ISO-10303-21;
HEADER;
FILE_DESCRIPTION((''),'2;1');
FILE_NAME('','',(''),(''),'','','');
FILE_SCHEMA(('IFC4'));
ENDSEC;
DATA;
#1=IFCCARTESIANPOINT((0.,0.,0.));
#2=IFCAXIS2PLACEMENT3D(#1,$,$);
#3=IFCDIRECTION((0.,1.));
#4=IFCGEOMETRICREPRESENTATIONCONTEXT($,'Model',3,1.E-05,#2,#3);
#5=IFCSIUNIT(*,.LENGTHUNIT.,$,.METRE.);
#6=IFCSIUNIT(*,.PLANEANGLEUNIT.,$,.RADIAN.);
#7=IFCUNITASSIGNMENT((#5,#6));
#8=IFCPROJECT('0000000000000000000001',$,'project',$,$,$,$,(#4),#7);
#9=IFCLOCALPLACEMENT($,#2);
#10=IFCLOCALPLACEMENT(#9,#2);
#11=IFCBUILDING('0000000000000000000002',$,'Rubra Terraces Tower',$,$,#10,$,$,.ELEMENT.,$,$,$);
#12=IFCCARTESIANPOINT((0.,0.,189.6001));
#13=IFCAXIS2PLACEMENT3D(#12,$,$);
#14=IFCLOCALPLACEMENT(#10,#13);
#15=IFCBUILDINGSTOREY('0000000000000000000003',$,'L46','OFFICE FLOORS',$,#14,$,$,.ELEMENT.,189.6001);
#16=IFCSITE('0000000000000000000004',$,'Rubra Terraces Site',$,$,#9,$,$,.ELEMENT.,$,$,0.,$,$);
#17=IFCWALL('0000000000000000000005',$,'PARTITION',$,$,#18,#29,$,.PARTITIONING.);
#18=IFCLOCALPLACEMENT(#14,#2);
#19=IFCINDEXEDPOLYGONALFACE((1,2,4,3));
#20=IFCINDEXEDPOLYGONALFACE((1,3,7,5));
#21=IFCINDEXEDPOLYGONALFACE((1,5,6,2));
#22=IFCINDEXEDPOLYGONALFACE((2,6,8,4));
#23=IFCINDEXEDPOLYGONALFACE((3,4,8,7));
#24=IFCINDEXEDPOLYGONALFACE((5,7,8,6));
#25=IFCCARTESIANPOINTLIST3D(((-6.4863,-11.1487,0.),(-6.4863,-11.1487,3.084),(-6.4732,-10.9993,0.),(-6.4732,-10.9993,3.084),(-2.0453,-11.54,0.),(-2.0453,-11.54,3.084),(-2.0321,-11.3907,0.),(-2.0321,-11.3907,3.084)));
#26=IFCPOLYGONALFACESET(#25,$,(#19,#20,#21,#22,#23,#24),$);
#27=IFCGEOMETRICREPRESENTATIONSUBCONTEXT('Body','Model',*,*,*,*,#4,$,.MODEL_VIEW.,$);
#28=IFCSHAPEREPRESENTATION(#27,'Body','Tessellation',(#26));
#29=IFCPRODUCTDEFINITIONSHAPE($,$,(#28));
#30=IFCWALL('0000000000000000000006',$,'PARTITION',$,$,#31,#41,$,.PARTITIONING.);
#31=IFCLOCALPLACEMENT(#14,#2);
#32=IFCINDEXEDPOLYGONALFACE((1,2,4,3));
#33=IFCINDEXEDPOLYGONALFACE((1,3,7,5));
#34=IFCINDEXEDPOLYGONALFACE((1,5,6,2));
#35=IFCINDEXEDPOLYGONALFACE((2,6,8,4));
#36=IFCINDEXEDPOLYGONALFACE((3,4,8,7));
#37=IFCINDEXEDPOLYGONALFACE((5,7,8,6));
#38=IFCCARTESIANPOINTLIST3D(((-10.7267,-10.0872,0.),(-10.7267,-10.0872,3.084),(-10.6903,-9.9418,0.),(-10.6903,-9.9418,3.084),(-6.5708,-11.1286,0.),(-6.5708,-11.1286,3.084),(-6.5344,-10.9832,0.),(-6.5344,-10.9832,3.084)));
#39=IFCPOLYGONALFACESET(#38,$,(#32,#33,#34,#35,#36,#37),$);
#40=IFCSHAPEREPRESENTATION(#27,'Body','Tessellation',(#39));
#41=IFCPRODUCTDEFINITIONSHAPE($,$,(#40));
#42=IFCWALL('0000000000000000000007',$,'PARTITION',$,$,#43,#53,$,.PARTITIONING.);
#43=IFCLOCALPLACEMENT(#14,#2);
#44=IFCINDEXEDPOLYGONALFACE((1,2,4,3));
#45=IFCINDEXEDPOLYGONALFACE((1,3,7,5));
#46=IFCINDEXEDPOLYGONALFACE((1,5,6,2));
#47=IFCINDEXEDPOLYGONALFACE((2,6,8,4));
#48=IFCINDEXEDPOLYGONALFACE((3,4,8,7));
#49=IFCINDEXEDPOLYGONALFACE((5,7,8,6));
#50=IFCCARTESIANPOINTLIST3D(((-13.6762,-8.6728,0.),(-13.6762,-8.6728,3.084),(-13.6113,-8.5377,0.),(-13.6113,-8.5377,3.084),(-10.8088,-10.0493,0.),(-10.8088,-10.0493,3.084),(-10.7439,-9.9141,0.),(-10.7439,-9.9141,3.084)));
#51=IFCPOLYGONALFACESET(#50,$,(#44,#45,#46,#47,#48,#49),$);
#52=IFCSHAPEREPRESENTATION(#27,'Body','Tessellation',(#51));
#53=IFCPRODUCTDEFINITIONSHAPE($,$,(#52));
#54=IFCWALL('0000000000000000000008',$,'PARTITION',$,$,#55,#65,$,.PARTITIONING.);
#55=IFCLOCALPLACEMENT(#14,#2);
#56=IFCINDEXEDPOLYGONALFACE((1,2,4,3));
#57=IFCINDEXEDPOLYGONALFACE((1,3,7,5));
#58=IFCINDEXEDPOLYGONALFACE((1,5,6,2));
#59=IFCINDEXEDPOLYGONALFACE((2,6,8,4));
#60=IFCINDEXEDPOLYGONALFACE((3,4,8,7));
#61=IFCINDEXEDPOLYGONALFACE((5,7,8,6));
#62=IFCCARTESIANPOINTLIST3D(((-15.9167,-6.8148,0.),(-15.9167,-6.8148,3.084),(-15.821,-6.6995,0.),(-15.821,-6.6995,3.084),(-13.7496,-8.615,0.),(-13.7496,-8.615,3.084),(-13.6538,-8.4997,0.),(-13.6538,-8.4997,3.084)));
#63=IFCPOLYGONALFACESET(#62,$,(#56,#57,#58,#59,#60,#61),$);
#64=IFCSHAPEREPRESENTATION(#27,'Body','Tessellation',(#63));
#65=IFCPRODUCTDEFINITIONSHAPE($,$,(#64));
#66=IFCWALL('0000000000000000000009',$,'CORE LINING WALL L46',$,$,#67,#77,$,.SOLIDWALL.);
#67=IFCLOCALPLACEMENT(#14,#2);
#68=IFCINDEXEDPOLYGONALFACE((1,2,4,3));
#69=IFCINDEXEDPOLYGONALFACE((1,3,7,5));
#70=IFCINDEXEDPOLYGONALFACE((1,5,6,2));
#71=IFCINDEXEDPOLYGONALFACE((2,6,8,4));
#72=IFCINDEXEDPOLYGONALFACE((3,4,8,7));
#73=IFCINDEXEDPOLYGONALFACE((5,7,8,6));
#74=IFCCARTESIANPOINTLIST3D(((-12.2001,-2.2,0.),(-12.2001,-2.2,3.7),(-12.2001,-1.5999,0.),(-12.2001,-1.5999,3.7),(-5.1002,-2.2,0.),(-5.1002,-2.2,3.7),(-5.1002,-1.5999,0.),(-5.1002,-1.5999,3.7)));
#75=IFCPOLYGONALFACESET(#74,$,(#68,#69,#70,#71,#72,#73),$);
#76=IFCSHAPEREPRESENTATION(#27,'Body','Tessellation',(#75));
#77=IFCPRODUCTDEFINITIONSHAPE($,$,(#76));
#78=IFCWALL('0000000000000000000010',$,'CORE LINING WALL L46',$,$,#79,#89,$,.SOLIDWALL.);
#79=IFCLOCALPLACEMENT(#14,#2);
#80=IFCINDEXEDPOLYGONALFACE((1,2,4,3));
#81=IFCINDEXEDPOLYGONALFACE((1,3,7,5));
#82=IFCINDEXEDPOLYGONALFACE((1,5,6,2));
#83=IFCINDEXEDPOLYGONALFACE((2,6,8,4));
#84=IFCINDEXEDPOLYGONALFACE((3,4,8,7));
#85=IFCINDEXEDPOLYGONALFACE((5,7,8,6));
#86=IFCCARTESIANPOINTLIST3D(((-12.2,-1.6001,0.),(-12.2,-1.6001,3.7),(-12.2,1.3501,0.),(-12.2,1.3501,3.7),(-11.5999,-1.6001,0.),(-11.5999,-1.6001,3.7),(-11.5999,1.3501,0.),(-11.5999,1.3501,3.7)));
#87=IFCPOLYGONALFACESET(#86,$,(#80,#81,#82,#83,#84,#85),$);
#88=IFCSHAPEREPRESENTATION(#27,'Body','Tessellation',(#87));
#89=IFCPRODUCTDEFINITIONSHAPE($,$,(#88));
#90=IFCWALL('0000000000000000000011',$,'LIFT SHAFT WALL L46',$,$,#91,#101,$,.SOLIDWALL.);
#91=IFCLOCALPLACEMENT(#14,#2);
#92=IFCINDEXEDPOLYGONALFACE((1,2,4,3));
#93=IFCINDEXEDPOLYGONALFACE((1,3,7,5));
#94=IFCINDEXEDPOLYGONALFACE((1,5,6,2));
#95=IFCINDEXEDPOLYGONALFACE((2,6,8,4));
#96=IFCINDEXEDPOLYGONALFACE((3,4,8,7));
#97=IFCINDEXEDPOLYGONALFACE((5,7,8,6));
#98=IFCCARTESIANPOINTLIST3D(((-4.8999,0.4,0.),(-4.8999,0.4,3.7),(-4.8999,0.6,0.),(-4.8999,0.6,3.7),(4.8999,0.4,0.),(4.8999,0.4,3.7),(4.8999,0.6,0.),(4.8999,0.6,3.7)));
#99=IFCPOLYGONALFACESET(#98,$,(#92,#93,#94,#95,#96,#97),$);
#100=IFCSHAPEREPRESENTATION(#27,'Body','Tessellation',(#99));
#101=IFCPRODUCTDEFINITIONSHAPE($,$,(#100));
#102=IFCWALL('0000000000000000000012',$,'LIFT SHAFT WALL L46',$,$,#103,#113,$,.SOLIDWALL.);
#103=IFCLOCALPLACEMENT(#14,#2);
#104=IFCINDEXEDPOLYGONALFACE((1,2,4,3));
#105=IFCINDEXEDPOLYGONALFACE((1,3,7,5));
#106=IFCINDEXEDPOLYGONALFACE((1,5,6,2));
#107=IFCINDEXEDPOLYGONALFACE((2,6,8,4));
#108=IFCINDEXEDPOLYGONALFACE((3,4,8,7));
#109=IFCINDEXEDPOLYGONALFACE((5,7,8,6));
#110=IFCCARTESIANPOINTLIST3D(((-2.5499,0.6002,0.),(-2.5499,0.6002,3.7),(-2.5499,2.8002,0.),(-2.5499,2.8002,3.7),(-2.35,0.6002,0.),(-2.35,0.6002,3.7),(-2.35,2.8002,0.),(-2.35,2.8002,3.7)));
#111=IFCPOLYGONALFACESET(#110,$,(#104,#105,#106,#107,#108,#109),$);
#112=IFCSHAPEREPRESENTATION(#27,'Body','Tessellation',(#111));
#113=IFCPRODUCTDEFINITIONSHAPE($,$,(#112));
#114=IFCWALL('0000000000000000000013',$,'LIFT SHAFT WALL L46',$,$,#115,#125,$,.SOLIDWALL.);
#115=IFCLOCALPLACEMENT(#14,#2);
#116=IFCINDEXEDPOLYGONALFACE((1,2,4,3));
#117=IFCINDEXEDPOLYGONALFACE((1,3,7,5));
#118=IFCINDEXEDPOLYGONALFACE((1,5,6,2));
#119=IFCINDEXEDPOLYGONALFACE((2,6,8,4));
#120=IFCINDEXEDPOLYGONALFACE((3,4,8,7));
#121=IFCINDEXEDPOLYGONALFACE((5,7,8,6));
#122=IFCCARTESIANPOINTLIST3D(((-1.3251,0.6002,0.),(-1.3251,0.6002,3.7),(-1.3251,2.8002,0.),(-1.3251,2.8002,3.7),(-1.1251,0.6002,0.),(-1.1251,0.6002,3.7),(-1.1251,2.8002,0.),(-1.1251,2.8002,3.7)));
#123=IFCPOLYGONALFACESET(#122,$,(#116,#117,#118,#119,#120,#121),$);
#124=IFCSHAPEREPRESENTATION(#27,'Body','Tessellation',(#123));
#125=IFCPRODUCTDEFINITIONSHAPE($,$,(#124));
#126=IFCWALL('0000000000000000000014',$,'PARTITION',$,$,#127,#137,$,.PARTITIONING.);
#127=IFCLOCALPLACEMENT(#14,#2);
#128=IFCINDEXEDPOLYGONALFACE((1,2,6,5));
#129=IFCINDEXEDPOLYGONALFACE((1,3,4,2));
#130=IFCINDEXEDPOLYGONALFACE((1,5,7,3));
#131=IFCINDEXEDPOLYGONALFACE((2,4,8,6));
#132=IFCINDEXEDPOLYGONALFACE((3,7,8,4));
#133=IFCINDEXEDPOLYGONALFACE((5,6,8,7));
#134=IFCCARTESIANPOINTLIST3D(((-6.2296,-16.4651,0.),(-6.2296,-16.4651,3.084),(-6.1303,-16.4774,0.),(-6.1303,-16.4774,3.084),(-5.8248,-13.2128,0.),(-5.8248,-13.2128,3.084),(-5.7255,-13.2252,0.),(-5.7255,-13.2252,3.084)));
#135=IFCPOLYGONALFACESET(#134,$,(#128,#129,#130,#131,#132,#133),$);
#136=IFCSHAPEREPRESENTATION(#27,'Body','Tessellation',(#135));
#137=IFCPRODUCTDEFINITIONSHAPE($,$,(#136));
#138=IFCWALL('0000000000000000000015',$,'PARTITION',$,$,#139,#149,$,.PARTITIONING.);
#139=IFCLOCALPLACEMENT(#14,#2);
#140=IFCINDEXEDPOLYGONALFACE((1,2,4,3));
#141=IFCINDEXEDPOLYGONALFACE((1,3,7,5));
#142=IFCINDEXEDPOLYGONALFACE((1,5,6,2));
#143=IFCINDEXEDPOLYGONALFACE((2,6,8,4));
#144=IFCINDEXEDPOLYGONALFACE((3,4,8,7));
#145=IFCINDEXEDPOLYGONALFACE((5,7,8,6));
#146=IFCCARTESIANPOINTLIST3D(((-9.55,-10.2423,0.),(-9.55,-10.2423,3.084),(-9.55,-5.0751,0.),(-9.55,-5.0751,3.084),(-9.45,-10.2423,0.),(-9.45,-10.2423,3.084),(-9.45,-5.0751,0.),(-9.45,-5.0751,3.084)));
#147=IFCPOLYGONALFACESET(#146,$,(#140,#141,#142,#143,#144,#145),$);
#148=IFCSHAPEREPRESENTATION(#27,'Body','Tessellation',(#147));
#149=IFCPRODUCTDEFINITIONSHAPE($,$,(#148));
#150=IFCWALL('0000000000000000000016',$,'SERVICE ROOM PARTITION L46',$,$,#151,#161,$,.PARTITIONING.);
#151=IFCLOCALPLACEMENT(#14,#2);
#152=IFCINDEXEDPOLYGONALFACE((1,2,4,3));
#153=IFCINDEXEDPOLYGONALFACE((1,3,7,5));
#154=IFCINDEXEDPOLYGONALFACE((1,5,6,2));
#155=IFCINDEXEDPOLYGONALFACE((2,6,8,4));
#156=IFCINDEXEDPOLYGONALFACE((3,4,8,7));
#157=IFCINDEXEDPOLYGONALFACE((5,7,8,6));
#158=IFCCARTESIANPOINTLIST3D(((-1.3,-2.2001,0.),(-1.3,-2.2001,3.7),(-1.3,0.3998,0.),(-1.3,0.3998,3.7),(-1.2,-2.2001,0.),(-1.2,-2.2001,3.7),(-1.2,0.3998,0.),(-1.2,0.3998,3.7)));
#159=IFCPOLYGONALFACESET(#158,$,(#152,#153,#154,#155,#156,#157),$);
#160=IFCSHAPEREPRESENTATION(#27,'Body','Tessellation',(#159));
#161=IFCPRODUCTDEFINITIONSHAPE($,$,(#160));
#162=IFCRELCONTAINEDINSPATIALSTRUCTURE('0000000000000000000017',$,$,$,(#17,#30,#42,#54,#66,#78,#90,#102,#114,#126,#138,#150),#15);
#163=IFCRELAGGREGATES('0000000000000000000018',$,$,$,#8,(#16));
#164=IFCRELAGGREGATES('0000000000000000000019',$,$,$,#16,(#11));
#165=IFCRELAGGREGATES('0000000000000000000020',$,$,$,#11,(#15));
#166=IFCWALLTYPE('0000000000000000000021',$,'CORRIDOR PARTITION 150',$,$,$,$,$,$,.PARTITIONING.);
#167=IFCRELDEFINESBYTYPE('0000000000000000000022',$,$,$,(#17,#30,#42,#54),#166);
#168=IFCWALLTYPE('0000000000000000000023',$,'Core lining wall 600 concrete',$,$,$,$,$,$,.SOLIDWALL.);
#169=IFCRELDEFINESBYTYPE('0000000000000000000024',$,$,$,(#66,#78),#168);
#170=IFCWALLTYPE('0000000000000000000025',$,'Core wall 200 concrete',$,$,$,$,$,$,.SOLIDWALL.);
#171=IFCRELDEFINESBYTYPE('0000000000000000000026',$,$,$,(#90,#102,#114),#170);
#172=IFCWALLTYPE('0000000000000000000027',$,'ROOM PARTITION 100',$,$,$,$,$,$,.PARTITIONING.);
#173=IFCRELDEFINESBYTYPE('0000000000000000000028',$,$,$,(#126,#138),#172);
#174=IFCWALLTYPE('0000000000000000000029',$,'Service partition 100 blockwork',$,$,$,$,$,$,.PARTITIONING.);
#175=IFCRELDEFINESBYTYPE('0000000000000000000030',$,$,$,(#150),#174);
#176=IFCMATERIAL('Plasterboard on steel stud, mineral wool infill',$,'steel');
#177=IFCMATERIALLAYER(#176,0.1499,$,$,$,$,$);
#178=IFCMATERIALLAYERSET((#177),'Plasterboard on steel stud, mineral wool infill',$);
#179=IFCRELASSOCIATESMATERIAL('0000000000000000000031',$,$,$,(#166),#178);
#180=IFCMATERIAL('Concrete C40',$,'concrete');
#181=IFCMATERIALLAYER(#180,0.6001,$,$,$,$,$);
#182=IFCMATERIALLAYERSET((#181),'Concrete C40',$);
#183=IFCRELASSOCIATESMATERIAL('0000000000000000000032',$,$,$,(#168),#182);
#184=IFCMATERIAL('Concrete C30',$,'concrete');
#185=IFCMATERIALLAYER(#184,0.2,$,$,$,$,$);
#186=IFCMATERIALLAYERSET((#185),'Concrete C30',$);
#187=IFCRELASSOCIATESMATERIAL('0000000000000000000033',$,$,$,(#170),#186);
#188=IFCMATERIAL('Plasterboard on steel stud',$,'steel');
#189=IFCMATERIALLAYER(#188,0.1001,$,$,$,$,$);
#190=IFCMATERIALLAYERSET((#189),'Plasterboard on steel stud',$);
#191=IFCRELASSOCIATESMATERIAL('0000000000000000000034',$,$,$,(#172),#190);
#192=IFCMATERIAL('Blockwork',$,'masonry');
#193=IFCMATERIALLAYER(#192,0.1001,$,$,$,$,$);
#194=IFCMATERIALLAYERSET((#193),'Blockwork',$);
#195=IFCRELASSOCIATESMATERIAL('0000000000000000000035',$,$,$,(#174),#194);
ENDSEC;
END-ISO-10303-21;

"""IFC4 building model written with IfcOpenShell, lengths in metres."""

from ifc_helpers import new_model, si_unit, direction, frame, frame_2d, origin, place, context, subcontext, project, spatial, rectangle, extrude, material, layer, layer_set, type_object, element, save


model = new_model("IFC4")

# Units and contexts
model_context = context("Model", 3, precision=1e-05, world=origin(), true_north=direction((0.0, 1.0)))
body_context = subcontext(model_context, "Body", "Model", "MODEL_VIEW")
ifc_project = project(units=[si_unit("LENGTHUNIT", "METRE"), si_unit("PLANEANGLEUNIT", "RADIAN")], contexts=[model_context])

# Site, building, storey
site_placement = place(None, origin())
site = spatial("IfcSite", under=ifc_project, at=site_placement, Name="Rubra Terraces Site", CompositionType="ELEMENT", RefElevation=0.0)
building_placement = place(site_placement, origin())
building = spatial("IfcBuilding", under=site, at=building_placement, Name="Rubra Terraces Tower", CompositionType="ELEMENT")
storey_placement = place(building_placement, frame((0.0, 0.0, 189.6001)))
storey = spatial("IfcBuildingStorey", under=building, at=storey_placement, Name="L46", Description="OFFICE FLOORS", CompositionType="ELEMENT", Elevation=189.6001)

# Shared definitions
ifc_material_1 = material(Name="Plasterboard on steel stud, mineral wool infill", Category="steel")
ifc_layer_1 = layer(ifc_material_1, 0.1499)
ifc_layer_set_1 = layer_set([ifc_layer_1], Name="Plasterboard on steel stud, mineral wool infill")
wall_type_1 = type_object("IfcWallType", Name="CORRIDOR PARTITION 150", PredefinedType="PARTITIONING", material=ifc_layer_set_1)

# Walls
wall_1_placement = place(storey_placement, frame((-2.0388, -11.4653, 0.0), z_axis=(0.0, 0.0, 1.0), x_axis=(-0.99614, 0.08778, 0.0)))
element("IfcWall", 1, at=wall_1_placement, inside=storey, type_object=wall_type_1, Name="PARTITION", PredefinedType="PARTITIONING", context=body_context, shape_type="SweptSolid", body=[
    extrude(rectangle(XDim=4.4583, YDim=0.1499, at=frame_2d((2.229, 0.0))), origin(), (0.0, 0.0, 1.0), 3.084),
])
wall_2_placement = place(storey_placement, frame((-6.5527, -11.0559, 0.0), z_axis=(0.0, 0.0, 1.0), x_axis=(-0.970005, 0.243085, 0.0)))
element("IfcWall", 2, at=wall_2_placement, inside=storey, type_object=wall_type_1, Name="PARTITION", PredefinedType="PARTITIONING", context=body_context, shape_type="SweptSolid", body=[
    extrude(rectangle(XDim=4.2844, YDim=0.1499, at=frame_2d((2.1421, 0.0))), origin(), (0.0, 0.0, 1.0), 3.084),
])
wall_3_placement = place(storey_placement, frame((-10.7764, -9.9817, 0.0), z_axis=(0.0, 0.0, 1.0), x_axis=(-0.901511, 0.432756, 0.0)))
element("IfcWall", 3, at=wall_3_placement, inside=storey, type_object=wall_type_1, Name="PARTITION", PredefinedType="PARTITIONING", context=body_context, shape_type="SweptSolid", body=[
    extrude(rectangle(XDim=3.1807, YDim=0.1499, at=frame_2d((1.5903, 0.0))), origin(), (0.0, 0.0, 1.0), 3.084),
])
wall_4_placement = place(storey_placement, frame((-13.7017, -8.5574, 0.0), z_axis=(0.0, 0.0, 1.0), x_axis=(-0.769222, 0.638982, 0.0)))
element("IfcWall", 4, at=wall_4_placement, inside=storey, type_object=wall_type_1, Name="PARTITION", PredefinedType="PARTITIONING", context=body_context, shape_type="SweptSolid", body=[
    extrude(rectangle(XDim=2.8174, YDim=0.1499, at=frame_2d((1.4087, 0.0))), origin(), (0.0, 0.0, 1.0), 3.084),
])
ifc_material_2 = material(Name="Concrete C40", Category="concrete")
ifc_layer_2 = layer(ifc_material_2, 0.6001)
ifc_layer_set_2 = layer_set([ifc_layer_2], Name="Concrete C40")
wall_type_2 = type_object("IfcWallType", Name="Core lining wall 600 concrete", PredefinedType="SOLIDWALL", material=ifc_layer_set_2)
wall_5_placement = place(storey_placement, frame((-12.2, -1.8999, 0.0), z_axis=(0.0, 0.0, 1.0), x_axis=(1.0, 0.0, 0.0)))
element("IfcWall", 5, at=wall_5_placement, inside=storey, type_object=wall_type_2, Name="CORE LINING WALL L46", PredefinedType="SOLIDWALL", context=body_context, shape_type="SweptSolid", body=[
    extrude(rectangle(XDim=7.0999, YDim=0.6001, at=frame_2d((3.5498, 0.0))), origin(), (0.0, 0.0, 1.0), 3.7),
])
wall_6_placement = place(storey_placement, frame((-11.8999, -1.6001, 0.0), z_axis=(0.0, 0.0, 1.0), x_axis=(0.0, 1.0, 0.0)))
element("IfcWall", 6, at=wall_6_placement, inside=storey, type_object=wall_type_2, Name="CORE LINING WALL L46", PredefinedType="SOLIDWALL", context=body_context, shape_type="SweptSolid", body=[
    extrude(rectangle(XDim=2.9502, YDim=0.6001, at=frame_2d((1.4751, 0.0))), origin(), (0.0, 0.0, 1.0), 3.7),
])
ifc_material_3 = material(Name="Concrete C30", Category="concrete")
ifc_layer_3 = layer(ifc_material_3, 0.2)
ifc_layer_set_3 = layer_set([ifc_layer_3], Name="Concrete C30")
wall_type_3 = type_object("IfcWallType", Name="Core wall 200 concrete", PredefinedType="SOLIDWALL", material=ifc_layer_set_3)
wall_7_placement = place(storey_placement, frame((-4.8999, 0.5, 0.0), z_axis=(0.0, 0.0, 1.0), x_axis=(1.0, 0.0, 0.0)))
element("IfcWall", 7, at=wall_7_placement, inside=storey, type_object=wall_type_3, Name="LIFT SHAFT WALL L46", PredefinedType="SOLIDWALL", context=body_context, shape_type="SweptSolid", body=[
    extrude(rectangle(XDim=9.7998, YDim=0.2, at=frame_2d((4.8999, 0.0))), origin(), (0.0, 0.0, 1.0), 3.7),
])
for number, where, z_axis, x_axis, name in (
    (8, (-2.45, 0.6001, 0.0), (0.0, 0.0, 1.0), (0.0, 1.0, 0.0), "LIFT SHAFT WALL L46"),
    (9, (-1.2251, 0.6001, 0.0), (0.0, 0.0, 1.0), (0.0, 1.0, 0.0), "LIFT SHAFT WALL L46"),
):
    element("IfcWall", number, at=place(storey_placement, frame(where, z_axis=z_axis, x_axis=x_axis)), inside=storey, type_object=wall_type_3, Name=name, PredefinedType="SOLIDWALL", context=body_context, shape_type="SweptSolid", body=[
        extrude(rectangle(XDim=2.2, YDim=0.2, at=frame_2d((1.1001, 0.0))), origin(), (0.0, 0.0, 1.0), 3.7),
    ])
ifc_material_4 = material(Name="Plasterboard on steel stud", Category="steel")
ifc_layer_4 = layer(ifc_material_4, 0.1001)
ifc_layer_set_4 = layer_set([ifc_layer_4], Name="Plasterboard on steel stud")
wall_type_4 = type_object("IfcWallType", Name="ROOM PARTITION 100", PredefinedType="PARTITIONING", material=ifc_layer_set_4)
wall_8_placement = place(storey_placement, frame((-5.7751, -13.219, 0.0), z_axis=(0.0, 0.0, 1.0), x_axis=(-0.123512, -0.992343, 0.0)))
element("IfcWall", 10, at=wall_8_placement, inside=storey, type_object=wall_type_4, Name="PARTITION", PredefinedType="PARTITIONING", context=body_context, shape_type="SweptSolid", body=[
    extrude(rectangle(XDim=3.2773, YDim=0.1001, at=frame_2d((1.6387, 0.0))), origin(), (0.0, 0.0, 1.0), 3.084),
])
wall_9_placement = place(storey_placement, frame((-9.5, -10.2422, 0.0), z_axis=(0.0, 0.0, 1.0), x_axis=(0.0, 1.0, 0.0)))
element("IfcWall", 11, at=wall_9_placement, inside=storey, type_object=wall_type_4, Name="PARTITION", PredefinedType="PARTITIONING", context=body_context, shape_type="SweptSolid", body=[
    extrude(rectangle(XDim=5.1672, YDim=0.1001, at=frame_2d((2.5835, 0.0))), origin(), (0.0, 0.0, 1.0), 3.084),
])
ifc_material_5 = material(Name="Blockwork", Category="masonry")
ifc_layer_5 = layer(ifc_material_5, 0.1001)
ifc_layer_set_5 = layer_set([ifc_layer_5], Name="Blockwork")
wall_type_5 = type_object("IfcWallType", Name="Service partition 100 blockwork", PredefinedType="PARTITIONING", material=ifc_layer_set_5)
wall_10_placement = place(storey_placement, frame((-1.25, -2.2, 0.0), z_axis=(0.0, 0.0, 1.0), x_axis=(0.0, 1.0, 0.0)))
element("IfcWall", 12, at=wall_10_placement, inside=storey, type_object=wall_type_5, Name="SERVICE ROOM PARTITION L46", PredefinedType="PARTITIONING", context=body_context, shape_type="SweptSolid", body=[
    extrude(rectangle(XDim=2.5999, YDim=0.1001, at=frame_2d((1.2998, 0.0))), origin(), (0.0, 0.0, 1.0), 3.7),
])

save(model, "model.ifc")
